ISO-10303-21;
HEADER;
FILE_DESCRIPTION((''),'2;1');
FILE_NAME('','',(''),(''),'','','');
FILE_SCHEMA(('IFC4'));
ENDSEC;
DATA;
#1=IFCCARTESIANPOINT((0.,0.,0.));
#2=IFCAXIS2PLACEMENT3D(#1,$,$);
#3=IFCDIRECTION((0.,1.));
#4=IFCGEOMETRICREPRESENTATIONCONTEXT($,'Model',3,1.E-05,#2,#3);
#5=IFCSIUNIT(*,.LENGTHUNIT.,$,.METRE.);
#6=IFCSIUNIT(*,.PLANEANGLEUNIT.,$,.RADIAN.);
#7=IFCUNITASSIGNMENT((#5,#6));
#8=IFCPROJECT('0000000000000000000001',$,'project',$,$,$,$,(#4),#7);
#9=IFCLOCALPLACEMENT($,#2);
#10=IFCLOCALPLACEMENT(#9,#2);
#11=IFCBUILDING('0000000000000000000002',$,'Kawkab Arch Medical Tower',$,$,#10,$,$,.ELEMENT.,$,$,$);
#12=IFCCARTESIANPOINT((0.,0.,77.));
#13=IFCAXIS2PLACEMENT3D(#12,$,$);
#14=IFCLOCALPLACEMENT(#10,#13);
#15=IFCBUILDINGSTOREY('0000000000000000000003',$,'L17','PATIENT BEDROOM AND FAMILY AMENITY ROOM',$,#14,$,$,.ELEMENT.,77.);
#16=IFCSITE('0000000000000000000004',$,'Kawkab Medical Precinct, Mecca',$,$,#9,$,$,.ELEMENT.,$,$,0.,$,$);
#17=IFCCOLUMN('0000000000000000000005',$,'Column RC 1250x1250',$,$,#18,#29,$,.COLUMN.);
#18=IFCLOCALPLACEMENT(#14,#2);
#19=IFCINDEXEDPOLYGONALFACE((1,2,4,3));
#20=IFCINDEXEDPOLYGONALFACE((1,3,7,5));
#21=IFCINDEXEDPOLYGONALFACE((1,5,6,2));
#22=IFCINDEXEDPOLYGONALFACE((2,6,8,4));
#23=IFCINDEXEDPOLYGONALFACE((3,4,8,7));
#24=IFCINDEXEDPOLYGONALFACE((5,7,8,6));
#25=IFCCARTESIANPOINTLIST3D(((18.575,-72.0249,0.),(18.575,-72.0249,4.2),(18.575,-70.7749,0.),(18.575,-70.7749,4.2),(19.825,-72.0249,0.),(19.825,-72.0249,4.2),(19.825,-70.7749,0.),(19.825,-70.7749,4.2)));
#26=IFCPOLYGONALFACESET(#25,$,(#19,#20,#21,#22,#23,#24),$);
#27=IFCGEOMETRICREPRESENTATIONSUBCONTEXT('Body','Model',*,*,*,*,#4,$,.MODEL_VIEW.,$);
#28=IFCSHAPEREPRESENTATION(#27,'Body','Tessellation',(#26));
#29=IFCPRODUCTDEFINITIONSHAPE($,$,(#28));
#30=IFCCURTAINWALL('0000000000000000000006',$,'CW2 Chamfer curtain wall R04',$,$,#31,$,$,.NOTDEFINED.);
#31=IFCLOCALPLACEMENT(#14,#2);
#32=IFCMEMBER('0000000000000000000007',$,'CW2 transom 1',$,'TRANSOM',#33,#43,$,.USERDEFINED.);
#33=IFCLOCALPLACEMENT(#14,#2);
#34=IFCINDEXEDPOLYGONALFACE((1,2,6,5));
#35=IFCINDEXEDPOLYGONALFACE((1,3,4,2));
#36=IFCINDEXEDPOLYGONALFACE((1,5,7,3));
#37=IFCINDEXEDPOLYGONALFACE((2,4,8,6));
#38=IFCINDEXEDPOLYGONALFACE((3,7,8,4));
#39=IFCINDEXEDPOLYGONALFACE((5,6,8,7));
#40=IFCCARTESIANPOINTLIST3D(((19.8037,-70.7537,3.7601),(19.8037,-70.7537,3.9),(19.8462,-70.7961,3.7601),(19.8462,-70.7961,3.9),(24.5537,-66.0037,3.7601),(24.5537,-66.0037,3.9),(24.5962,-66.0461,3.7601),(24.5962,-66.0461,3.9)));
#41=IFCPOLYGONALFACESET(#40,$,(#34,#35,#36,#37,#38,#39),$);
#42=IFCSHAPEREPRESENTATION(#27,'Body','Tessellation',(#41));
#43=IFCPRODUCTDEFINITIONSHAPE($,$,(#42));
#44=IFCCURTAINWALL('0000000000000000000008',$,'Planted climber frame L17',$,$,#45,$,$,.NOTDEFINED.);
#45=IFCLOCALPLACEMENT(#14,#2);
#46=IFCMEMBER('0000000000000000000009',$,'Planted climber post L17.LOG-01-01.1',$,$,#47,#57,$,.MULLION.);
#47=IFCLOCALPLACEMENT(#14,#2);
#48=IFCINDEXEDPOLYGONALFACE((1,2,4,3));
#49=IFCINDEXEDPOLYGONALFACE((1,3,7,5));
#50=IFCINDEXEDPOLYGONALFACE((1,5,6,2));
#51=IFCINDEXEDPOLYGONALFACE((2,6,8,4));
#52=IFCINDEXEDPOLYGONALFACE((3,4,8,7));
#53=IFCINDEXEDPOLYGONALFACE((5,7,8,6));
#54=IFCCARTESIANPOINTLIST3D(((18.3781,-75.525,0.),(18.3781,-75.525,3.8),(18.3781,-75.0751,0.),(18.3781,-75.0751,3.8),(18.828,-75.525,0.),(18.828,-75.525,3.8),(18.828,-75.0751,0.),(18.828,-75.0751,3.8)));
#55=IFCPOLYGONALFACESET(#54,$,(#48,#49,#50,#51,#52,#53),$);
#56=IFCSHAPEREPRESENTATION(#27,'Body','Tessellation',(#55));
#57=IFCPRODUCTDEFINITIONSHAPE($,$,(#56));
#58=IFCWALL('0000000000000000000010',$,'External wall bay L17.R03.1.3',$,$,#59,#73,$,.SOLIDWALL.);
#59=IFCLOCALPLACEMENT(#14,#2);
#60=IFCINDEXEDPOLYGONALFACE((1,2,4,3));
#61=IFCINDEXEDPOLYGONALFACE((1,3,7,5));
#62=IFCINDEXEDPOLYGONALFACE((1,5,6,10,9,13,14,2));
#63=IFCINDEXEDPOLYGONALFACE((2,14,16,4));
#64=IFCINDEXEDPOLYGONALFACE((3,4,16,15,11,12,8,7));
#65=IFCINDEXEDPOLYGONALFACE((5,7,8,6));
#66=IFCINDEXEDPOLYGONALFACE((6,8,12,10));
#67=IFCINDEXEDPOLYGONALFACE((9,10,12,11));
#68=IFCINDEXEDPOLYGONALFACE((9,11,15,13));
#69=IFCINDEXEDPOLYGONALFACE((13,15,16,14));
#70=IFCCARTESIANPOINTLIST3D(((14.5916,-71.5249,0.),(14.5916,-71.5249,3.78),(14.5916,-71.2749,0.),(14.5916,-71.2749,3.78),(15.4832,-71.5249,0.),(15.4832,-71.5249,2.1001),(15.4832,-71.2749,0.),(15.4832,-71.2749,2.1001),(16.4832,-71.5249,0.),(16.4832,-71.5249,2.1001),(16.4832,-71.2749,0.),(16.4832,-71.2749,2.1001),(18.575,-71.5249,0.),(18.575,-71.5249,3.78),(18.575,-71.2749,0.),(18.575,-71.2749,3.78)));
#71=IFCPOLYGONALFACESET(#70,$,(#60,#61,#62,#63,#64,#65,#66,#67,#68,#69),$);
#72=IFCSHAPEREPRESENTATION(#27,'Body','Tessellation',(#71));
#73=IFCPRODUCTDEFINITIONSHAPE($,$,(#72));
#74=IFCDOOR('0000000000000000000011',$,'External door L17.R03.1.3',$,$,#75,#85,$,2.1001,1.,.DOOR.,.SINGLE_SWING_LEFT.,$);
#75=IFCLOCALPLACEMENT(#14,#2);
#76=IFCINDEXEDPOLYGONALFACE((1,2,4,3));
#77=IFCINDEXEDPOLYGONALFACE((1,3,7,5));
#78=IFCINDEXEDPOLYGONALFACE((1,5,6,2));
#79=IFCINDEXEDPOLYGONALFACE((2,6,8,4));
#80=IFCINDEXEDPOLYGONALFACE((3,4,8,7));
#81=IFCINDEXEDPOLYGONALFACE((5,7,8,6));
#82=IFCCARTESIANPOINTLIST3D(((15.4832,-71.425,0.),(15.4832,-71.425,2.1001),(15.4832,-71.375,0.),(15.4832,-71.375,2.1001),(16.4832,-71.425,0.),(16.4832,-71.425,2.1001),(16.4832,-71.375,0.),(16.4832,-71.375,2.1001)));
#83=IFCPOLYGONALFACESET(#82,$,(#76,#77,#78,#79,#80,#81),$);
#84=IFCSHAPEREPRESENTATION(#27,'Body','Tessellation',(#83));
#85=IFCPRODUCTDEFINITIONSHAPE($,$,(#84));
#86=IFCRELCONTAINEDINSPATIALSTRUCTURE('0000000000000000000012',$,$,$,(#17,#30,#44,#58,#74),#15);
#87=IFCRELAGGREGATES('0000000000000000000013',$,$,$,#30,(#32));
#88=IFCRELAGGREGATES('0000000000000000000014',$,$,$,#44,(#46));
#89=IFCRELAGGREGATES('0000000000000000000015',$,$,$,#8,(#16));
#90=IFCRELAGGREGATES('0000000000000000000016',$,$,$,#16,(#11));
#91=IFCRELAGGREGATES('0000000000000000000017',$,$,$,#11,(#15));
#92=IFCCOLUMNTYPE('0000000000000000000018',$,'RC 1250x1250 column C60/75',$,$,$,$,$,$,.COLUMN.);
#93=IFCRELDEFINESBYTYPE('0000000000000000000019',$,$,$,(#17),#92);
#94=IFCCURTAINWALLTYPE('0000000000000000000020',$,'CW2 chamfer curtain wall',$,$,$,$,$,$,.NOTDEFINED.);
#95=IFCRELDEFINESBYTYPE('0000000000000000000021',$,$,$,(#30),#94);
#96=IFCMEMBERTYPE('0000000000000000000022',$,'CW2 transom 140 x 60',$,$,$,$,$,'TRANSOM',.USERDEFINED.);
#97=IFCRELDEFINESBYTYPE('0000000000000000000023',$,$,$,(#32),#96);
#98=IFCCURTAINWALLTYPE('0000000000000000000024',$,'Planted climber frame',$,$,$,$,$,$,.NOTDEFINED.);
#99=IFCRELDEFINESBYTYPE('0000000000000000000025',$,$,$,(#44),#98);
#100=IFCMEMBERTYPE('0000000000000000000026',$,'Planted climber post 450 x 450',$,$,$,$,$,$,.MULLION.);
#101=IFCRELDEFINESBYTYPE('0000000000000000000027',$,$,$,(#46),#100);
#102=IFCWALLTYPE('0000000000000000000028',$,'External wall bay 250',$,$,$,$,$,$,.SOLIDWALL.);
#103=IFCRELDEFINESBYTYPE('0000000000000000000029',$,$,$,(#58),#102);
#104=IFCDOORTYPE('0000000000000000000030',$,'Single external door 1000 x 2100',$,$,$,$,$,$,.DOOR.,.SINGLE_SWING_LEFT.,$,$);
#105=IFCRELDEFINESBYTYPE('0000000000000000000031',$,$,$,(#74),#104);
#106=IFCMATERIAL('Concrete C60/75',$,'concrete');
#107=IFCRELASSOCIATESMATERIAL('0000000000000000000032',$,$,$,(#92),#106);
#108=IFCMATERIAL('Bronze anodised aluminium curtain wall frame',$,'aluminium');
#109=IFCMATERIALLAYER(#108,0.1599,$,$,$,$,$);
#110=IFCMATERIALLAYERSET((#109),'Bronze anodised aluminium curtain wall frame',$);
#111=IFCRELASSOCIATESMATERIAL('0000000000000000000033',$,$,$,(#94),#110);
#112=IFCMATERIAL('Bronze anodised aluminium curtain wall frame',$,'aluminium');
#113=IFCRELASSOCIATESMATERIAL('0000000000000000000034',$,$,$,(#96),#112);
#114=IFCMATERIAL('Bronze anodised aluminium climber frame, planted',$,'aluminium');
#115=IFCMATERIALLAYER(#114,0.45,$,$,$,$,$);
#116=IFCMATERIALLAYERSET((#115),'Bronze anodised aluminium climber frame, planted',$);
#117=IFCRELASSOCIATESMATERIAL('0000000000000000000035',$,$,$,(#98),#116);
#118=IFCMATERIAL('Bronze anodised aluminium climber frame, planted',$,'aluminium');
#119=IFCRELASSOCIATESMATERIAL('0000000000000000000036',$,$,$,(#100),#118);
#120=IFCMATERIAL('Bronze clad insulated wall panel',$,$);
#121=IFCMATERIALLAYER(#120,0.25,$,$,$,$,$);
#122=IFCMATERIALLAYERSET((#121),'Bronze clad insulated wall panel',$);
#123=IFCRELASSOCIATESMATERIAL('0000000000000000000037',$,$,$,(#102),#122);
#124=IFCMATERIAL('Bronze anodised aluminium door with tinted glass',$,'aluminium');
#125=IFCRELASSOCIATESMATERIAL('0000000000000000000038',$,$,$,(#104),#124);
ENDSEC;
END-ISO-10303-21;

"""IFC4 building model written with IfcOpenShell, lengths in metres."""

from ifc_helpers import new_model, si_unit, direction, frame, frame_2d, origin, origin_2d, place, context, subcontext, project, spatial, rectangle, extrude, material, layer, layer_set, material_profile, profile_set, type_object, element, fill, aggregate, save


model = new_model("IFC4")

# Units and contexts
model_context = context("Model", 3, precision=1e-05, world=origin(), true_north=direction((0.0, 1.0)))
body_context = subcontext(model_context, "Body", "Model", "MODEL_VIEW")
ifc_project = project(units=[si_unit("LENGTHUNIT", "METRE"), si_unit("PLANEANGLEUNIT", "RADIAN")], contexts=[model_context])

# Site, building, storey
site_placement = place(None, origin())
site = spatial("IfcSite", under=ifc_project, at=site_placement, Name="Kawkab Medical Precinct, Mecca", CompositionType="ELEMENT", RefElevation=0.0)
building_placement = place(site_placement, origin())
building = spatial("IfcBuilding", under=site, at=building_placement, Name="Kawkab Arch Medical Tower", CompositionType="ELEMENT")
storey_placement = place(building_placement, frame((0.0, 0.0, 77.0)))
storey = spatial("IfcBuildingStorey", under=building, at=storey_placement, Name="L17", Description="PATIENT BEDROOM AND FAMILY AMENITY ROOM", CompositionType="ELEMENT", Elevation=77.0)

# Column
ifc_material_1 = material(Name="Concrete C60/75", Category="concrete")
ifc_material_profile_1 = material_profile(ifc_material_1, rectangle(XDim=1.25, YDim=1.25, at=origin_2d()), Name="RC 1250x1250")
ifc_profile_set_1 = profile_set([ifc_material_profile_1], Name="Concrete C60/75")
column_type = type_object("IfcColumnType", Name="RC 1250x1250 column C60/75", PredefinedType="COLUMN", material=ifc_profile_set_1)
column_placement = place(storey_placement, frame((19.2, -71.3999, 0.0), z_axis=(0.0, 0.0, 1.0), x_axis=(1.0, 0.0, 0.0)))
element("IfcColumn", 1, at=column_placement, inside=storey, type_object=column_type, Name="Column RC 1250x1250", PredefinedType="COLUMN", context=body_context, shape_type="SweptSolid", body=[
    extrude(rectangle(XDim=1.25, YDim=1.25, at=origin_2d()), origin(), (0.0, 0.0, 1.0), 4.2),
])

# Curtain walls, members
ifc_material_2 = material(Name="Bronze anodised aluminium curtain wall frame", Category="aluminium")
ifc_layer_1 = layer(ifc_material_2, 0.1599)
ifc_layer_set_1 = layer_set([ifc_layer_1], Name="Bronze anodised aluminium curtain wall frame")
curtain_wall_type_1 = type_object("IfcCurtainWallType", Name="CW2 chamfer curtain wall", PredefinedType="NOTDEFINED", material=ifc_layer_set_1)
placement = place(storey_placement, origin())
curtain_wall_1 = element("IfcCurtainWall", 2, at=placement, inside=storey, type_object=curtain_wall_type_1, Name="CW2 Chamfer curtain wall R04", PredefinedType="NOTDEFINED")
ifc_material_3 = material(Name="Bronze anodised aluminium curtain wall frame", Category="aluminium")
ifc_material_profile_2 = material_profile(ifc_material_3, rectangle(XDim=0.0601, YDim=0.1399, at=origin_2d()), Name="AL 60x140")
ifc_profile_set_2 = profile_set([ifc_material_profile_2], Name="Bronze anodised aluminium curtain wall frame")
member_type_1 = type_object("IfcMemberType", Name="CW2 transom 140 x 60", ElementType="TRANSOM", PredefinedType="USERDEFINED", material=ifc_profile_set_2)
member_1_placement = place(storey_placement, frame((19.825, -70.7749, 3.8301), z_axis=(0.707107, 0.707107, 0.0), x_axis=(-0.707107, 0.707107, 0.0)))
member_1 = element("IfcMember", 3, at=member_1_placement, type_object=member_type_1, Name="CW2 transom 1", ObjectType="TRANSOM", PredefinedType="USERDEFINED", context=body_context, shape_type="SweptSolid", body=[
    extrude(rectangle(XDim=0.0601, YDim=0.1399, at=origin_2d()), origin(), (0.0, 0.0, 1.0), 6.7175),
])
aggregate(curtain_wall_1, [member_1])
ifc_material_4 = material(Name="Bronze anodised aluminium climber frame, planted", Category="aluminium")
ifc_layer_2 = layer(ifc_material_4, 0.45)
ifc_layer_set_2 = layer_set([ifc_layer_2], Name="Bronze anodised aluminium climber frame, planted")
curtain_wall_type_2 = type_object("IfcCurtainWallType", Name="Planted climber frame", PredefinedType="NOTDEFINED", material=ifc_layer_set_2)
curtain_wall_2 = element("IfcCurtainWall", 4, at=placement, inside=storey, type_object=curtain_wall_type_2, Name="Planted climber frame L17", PredefinedType="NOTDEFINED")
ifc_material_5 = material(Name="Bronze anodised aluminium climber frame, planted", Category="aluminium")
ifc_material_profile_3 = material_profile(ifc_material_5, rectangle(XDim=0.45, YDim=0.45, at=origin_2d()), Name="Post 450x450")
ifc_profile_set_3 = profile_set([ifc_material_profile_3], Name="Bronze anodised aluminium climber frame, planted")
member_type_2 = type_object("IfcMemberType", Name="Planted climber post 450 x 450", PredefinedType="MULLION", material=ifc_profile_set_3)
member_2_placement = place(storey_placement, frame((18.603, -75.3, 0.0), z_axis=(0.0, 0.0, 1.0), x_axis=(1.0, 0.0, 0.0)))
member_2 = element("IfcMember", 5, at=member_2_placement, type_object=member_type_2, Name="Planted climber post L17.LOG-01-01.1", PredefinedType="MULLION", context=body_context, shape_type="SweptSolid", body=[
    extrude(rectangle(XDim=0.45, YDim=0.45, at=origin_2d()), origin(), (0.0, 0.0, 1.0), 3.8),
])
aggregate(curtain_wall_2, [member_2])

# Wall, opening, door
ifc_material_6 = material(Name="Bronze clad insulated wall panel")
ifc_layer_3 = layer(ifc_material_6, 0.25)
ifc_layer_set_3 = layer_set([ifc_layer_3], Name="Bronze clad insulated wall panel")
wall_type_1 = type_object("IfcWallType", Name="External wall bay 250", PredefinedType="SOLIDWALL", material=ifc_layer_set_3)
wall_1_placement = place(storey_placement, frame((14.5916, -71.3999, 0.0), z_axis=(0.0, 0.0, 1.0), x_axis=(1.0, 0.0, 0.0)))
wall_1 = element("IfcWall", 6, at=wall_1_placement, inside=storey, type_object=wall_type_1, Name="External wall bay L17.R03.1.3", PredefinedType="SOLIDWALL", context=body_context, shape_type="SweptSolid", body=[
    extrude(rectangle(XDim=3.9834, YDim=0.25, at=frame_2d((1.9917, 0.0))), origin(), (0.0, 0.0, 1.0), 3.78),
])
opening_1_placement = place(wall_1_placement, frame((0.8916, 0.0, 0.0)))
opening_1 = element("IfcOpeningElement", 7, at=opening_1_placement, cuts=wall_1, PredefinedType="OPENING", context=body_context, shape_type="SweptSolid", body=[
    extrude(rectangle(XDim=1.0, YDim=2.1001, at=frame_2d((0.5, 1.05))), frame((0.0, 0.135, 0.0), z_axis=(0.0, -1.0, 0.0), x_axis=(1.0, 0.0, 0.0)), (0.0, 0.0, 1.0), 0.27),
])
ifc_material_7 = material(Name="Bronze anodised aluminium door with tinted glass", Category="aluminium")
door_type_1 = type_object("IfcDoorType", Name="Single external door 1000 x 2100", OperationType="SINGLE_SWING_LEFT", PredefinedType="DOOR", material=ifc_material_7)
door_1_placement = place(opening_1_placement, origin())
door_1 = element("IfcDoor", 8, at=door_1_placement, inside=storey, type_object=door_type_1, Name="External door L17.R03.1.3", OperationType="SINGLE_SWING_LEFT", OverallHeight=2.1001, OverallWidth=1.0, PredefinedType="DOOR", context=body_context, shape_type="SweptSolid", body=[
    extrude(rectangle(XDim=1.0, YDim=2.1001, at=frame_2d((0.5, 1.05))), frame((0.0, 0.0249, 0.0), z_axis=(0.0, -1.0, 0.0), x_axis=(1.0, 0.0, 0.0)), (0.0, 0.0, 1.0), 0.05),
])
fill(opening_1, door_1)

save(model, "model.ifc")
